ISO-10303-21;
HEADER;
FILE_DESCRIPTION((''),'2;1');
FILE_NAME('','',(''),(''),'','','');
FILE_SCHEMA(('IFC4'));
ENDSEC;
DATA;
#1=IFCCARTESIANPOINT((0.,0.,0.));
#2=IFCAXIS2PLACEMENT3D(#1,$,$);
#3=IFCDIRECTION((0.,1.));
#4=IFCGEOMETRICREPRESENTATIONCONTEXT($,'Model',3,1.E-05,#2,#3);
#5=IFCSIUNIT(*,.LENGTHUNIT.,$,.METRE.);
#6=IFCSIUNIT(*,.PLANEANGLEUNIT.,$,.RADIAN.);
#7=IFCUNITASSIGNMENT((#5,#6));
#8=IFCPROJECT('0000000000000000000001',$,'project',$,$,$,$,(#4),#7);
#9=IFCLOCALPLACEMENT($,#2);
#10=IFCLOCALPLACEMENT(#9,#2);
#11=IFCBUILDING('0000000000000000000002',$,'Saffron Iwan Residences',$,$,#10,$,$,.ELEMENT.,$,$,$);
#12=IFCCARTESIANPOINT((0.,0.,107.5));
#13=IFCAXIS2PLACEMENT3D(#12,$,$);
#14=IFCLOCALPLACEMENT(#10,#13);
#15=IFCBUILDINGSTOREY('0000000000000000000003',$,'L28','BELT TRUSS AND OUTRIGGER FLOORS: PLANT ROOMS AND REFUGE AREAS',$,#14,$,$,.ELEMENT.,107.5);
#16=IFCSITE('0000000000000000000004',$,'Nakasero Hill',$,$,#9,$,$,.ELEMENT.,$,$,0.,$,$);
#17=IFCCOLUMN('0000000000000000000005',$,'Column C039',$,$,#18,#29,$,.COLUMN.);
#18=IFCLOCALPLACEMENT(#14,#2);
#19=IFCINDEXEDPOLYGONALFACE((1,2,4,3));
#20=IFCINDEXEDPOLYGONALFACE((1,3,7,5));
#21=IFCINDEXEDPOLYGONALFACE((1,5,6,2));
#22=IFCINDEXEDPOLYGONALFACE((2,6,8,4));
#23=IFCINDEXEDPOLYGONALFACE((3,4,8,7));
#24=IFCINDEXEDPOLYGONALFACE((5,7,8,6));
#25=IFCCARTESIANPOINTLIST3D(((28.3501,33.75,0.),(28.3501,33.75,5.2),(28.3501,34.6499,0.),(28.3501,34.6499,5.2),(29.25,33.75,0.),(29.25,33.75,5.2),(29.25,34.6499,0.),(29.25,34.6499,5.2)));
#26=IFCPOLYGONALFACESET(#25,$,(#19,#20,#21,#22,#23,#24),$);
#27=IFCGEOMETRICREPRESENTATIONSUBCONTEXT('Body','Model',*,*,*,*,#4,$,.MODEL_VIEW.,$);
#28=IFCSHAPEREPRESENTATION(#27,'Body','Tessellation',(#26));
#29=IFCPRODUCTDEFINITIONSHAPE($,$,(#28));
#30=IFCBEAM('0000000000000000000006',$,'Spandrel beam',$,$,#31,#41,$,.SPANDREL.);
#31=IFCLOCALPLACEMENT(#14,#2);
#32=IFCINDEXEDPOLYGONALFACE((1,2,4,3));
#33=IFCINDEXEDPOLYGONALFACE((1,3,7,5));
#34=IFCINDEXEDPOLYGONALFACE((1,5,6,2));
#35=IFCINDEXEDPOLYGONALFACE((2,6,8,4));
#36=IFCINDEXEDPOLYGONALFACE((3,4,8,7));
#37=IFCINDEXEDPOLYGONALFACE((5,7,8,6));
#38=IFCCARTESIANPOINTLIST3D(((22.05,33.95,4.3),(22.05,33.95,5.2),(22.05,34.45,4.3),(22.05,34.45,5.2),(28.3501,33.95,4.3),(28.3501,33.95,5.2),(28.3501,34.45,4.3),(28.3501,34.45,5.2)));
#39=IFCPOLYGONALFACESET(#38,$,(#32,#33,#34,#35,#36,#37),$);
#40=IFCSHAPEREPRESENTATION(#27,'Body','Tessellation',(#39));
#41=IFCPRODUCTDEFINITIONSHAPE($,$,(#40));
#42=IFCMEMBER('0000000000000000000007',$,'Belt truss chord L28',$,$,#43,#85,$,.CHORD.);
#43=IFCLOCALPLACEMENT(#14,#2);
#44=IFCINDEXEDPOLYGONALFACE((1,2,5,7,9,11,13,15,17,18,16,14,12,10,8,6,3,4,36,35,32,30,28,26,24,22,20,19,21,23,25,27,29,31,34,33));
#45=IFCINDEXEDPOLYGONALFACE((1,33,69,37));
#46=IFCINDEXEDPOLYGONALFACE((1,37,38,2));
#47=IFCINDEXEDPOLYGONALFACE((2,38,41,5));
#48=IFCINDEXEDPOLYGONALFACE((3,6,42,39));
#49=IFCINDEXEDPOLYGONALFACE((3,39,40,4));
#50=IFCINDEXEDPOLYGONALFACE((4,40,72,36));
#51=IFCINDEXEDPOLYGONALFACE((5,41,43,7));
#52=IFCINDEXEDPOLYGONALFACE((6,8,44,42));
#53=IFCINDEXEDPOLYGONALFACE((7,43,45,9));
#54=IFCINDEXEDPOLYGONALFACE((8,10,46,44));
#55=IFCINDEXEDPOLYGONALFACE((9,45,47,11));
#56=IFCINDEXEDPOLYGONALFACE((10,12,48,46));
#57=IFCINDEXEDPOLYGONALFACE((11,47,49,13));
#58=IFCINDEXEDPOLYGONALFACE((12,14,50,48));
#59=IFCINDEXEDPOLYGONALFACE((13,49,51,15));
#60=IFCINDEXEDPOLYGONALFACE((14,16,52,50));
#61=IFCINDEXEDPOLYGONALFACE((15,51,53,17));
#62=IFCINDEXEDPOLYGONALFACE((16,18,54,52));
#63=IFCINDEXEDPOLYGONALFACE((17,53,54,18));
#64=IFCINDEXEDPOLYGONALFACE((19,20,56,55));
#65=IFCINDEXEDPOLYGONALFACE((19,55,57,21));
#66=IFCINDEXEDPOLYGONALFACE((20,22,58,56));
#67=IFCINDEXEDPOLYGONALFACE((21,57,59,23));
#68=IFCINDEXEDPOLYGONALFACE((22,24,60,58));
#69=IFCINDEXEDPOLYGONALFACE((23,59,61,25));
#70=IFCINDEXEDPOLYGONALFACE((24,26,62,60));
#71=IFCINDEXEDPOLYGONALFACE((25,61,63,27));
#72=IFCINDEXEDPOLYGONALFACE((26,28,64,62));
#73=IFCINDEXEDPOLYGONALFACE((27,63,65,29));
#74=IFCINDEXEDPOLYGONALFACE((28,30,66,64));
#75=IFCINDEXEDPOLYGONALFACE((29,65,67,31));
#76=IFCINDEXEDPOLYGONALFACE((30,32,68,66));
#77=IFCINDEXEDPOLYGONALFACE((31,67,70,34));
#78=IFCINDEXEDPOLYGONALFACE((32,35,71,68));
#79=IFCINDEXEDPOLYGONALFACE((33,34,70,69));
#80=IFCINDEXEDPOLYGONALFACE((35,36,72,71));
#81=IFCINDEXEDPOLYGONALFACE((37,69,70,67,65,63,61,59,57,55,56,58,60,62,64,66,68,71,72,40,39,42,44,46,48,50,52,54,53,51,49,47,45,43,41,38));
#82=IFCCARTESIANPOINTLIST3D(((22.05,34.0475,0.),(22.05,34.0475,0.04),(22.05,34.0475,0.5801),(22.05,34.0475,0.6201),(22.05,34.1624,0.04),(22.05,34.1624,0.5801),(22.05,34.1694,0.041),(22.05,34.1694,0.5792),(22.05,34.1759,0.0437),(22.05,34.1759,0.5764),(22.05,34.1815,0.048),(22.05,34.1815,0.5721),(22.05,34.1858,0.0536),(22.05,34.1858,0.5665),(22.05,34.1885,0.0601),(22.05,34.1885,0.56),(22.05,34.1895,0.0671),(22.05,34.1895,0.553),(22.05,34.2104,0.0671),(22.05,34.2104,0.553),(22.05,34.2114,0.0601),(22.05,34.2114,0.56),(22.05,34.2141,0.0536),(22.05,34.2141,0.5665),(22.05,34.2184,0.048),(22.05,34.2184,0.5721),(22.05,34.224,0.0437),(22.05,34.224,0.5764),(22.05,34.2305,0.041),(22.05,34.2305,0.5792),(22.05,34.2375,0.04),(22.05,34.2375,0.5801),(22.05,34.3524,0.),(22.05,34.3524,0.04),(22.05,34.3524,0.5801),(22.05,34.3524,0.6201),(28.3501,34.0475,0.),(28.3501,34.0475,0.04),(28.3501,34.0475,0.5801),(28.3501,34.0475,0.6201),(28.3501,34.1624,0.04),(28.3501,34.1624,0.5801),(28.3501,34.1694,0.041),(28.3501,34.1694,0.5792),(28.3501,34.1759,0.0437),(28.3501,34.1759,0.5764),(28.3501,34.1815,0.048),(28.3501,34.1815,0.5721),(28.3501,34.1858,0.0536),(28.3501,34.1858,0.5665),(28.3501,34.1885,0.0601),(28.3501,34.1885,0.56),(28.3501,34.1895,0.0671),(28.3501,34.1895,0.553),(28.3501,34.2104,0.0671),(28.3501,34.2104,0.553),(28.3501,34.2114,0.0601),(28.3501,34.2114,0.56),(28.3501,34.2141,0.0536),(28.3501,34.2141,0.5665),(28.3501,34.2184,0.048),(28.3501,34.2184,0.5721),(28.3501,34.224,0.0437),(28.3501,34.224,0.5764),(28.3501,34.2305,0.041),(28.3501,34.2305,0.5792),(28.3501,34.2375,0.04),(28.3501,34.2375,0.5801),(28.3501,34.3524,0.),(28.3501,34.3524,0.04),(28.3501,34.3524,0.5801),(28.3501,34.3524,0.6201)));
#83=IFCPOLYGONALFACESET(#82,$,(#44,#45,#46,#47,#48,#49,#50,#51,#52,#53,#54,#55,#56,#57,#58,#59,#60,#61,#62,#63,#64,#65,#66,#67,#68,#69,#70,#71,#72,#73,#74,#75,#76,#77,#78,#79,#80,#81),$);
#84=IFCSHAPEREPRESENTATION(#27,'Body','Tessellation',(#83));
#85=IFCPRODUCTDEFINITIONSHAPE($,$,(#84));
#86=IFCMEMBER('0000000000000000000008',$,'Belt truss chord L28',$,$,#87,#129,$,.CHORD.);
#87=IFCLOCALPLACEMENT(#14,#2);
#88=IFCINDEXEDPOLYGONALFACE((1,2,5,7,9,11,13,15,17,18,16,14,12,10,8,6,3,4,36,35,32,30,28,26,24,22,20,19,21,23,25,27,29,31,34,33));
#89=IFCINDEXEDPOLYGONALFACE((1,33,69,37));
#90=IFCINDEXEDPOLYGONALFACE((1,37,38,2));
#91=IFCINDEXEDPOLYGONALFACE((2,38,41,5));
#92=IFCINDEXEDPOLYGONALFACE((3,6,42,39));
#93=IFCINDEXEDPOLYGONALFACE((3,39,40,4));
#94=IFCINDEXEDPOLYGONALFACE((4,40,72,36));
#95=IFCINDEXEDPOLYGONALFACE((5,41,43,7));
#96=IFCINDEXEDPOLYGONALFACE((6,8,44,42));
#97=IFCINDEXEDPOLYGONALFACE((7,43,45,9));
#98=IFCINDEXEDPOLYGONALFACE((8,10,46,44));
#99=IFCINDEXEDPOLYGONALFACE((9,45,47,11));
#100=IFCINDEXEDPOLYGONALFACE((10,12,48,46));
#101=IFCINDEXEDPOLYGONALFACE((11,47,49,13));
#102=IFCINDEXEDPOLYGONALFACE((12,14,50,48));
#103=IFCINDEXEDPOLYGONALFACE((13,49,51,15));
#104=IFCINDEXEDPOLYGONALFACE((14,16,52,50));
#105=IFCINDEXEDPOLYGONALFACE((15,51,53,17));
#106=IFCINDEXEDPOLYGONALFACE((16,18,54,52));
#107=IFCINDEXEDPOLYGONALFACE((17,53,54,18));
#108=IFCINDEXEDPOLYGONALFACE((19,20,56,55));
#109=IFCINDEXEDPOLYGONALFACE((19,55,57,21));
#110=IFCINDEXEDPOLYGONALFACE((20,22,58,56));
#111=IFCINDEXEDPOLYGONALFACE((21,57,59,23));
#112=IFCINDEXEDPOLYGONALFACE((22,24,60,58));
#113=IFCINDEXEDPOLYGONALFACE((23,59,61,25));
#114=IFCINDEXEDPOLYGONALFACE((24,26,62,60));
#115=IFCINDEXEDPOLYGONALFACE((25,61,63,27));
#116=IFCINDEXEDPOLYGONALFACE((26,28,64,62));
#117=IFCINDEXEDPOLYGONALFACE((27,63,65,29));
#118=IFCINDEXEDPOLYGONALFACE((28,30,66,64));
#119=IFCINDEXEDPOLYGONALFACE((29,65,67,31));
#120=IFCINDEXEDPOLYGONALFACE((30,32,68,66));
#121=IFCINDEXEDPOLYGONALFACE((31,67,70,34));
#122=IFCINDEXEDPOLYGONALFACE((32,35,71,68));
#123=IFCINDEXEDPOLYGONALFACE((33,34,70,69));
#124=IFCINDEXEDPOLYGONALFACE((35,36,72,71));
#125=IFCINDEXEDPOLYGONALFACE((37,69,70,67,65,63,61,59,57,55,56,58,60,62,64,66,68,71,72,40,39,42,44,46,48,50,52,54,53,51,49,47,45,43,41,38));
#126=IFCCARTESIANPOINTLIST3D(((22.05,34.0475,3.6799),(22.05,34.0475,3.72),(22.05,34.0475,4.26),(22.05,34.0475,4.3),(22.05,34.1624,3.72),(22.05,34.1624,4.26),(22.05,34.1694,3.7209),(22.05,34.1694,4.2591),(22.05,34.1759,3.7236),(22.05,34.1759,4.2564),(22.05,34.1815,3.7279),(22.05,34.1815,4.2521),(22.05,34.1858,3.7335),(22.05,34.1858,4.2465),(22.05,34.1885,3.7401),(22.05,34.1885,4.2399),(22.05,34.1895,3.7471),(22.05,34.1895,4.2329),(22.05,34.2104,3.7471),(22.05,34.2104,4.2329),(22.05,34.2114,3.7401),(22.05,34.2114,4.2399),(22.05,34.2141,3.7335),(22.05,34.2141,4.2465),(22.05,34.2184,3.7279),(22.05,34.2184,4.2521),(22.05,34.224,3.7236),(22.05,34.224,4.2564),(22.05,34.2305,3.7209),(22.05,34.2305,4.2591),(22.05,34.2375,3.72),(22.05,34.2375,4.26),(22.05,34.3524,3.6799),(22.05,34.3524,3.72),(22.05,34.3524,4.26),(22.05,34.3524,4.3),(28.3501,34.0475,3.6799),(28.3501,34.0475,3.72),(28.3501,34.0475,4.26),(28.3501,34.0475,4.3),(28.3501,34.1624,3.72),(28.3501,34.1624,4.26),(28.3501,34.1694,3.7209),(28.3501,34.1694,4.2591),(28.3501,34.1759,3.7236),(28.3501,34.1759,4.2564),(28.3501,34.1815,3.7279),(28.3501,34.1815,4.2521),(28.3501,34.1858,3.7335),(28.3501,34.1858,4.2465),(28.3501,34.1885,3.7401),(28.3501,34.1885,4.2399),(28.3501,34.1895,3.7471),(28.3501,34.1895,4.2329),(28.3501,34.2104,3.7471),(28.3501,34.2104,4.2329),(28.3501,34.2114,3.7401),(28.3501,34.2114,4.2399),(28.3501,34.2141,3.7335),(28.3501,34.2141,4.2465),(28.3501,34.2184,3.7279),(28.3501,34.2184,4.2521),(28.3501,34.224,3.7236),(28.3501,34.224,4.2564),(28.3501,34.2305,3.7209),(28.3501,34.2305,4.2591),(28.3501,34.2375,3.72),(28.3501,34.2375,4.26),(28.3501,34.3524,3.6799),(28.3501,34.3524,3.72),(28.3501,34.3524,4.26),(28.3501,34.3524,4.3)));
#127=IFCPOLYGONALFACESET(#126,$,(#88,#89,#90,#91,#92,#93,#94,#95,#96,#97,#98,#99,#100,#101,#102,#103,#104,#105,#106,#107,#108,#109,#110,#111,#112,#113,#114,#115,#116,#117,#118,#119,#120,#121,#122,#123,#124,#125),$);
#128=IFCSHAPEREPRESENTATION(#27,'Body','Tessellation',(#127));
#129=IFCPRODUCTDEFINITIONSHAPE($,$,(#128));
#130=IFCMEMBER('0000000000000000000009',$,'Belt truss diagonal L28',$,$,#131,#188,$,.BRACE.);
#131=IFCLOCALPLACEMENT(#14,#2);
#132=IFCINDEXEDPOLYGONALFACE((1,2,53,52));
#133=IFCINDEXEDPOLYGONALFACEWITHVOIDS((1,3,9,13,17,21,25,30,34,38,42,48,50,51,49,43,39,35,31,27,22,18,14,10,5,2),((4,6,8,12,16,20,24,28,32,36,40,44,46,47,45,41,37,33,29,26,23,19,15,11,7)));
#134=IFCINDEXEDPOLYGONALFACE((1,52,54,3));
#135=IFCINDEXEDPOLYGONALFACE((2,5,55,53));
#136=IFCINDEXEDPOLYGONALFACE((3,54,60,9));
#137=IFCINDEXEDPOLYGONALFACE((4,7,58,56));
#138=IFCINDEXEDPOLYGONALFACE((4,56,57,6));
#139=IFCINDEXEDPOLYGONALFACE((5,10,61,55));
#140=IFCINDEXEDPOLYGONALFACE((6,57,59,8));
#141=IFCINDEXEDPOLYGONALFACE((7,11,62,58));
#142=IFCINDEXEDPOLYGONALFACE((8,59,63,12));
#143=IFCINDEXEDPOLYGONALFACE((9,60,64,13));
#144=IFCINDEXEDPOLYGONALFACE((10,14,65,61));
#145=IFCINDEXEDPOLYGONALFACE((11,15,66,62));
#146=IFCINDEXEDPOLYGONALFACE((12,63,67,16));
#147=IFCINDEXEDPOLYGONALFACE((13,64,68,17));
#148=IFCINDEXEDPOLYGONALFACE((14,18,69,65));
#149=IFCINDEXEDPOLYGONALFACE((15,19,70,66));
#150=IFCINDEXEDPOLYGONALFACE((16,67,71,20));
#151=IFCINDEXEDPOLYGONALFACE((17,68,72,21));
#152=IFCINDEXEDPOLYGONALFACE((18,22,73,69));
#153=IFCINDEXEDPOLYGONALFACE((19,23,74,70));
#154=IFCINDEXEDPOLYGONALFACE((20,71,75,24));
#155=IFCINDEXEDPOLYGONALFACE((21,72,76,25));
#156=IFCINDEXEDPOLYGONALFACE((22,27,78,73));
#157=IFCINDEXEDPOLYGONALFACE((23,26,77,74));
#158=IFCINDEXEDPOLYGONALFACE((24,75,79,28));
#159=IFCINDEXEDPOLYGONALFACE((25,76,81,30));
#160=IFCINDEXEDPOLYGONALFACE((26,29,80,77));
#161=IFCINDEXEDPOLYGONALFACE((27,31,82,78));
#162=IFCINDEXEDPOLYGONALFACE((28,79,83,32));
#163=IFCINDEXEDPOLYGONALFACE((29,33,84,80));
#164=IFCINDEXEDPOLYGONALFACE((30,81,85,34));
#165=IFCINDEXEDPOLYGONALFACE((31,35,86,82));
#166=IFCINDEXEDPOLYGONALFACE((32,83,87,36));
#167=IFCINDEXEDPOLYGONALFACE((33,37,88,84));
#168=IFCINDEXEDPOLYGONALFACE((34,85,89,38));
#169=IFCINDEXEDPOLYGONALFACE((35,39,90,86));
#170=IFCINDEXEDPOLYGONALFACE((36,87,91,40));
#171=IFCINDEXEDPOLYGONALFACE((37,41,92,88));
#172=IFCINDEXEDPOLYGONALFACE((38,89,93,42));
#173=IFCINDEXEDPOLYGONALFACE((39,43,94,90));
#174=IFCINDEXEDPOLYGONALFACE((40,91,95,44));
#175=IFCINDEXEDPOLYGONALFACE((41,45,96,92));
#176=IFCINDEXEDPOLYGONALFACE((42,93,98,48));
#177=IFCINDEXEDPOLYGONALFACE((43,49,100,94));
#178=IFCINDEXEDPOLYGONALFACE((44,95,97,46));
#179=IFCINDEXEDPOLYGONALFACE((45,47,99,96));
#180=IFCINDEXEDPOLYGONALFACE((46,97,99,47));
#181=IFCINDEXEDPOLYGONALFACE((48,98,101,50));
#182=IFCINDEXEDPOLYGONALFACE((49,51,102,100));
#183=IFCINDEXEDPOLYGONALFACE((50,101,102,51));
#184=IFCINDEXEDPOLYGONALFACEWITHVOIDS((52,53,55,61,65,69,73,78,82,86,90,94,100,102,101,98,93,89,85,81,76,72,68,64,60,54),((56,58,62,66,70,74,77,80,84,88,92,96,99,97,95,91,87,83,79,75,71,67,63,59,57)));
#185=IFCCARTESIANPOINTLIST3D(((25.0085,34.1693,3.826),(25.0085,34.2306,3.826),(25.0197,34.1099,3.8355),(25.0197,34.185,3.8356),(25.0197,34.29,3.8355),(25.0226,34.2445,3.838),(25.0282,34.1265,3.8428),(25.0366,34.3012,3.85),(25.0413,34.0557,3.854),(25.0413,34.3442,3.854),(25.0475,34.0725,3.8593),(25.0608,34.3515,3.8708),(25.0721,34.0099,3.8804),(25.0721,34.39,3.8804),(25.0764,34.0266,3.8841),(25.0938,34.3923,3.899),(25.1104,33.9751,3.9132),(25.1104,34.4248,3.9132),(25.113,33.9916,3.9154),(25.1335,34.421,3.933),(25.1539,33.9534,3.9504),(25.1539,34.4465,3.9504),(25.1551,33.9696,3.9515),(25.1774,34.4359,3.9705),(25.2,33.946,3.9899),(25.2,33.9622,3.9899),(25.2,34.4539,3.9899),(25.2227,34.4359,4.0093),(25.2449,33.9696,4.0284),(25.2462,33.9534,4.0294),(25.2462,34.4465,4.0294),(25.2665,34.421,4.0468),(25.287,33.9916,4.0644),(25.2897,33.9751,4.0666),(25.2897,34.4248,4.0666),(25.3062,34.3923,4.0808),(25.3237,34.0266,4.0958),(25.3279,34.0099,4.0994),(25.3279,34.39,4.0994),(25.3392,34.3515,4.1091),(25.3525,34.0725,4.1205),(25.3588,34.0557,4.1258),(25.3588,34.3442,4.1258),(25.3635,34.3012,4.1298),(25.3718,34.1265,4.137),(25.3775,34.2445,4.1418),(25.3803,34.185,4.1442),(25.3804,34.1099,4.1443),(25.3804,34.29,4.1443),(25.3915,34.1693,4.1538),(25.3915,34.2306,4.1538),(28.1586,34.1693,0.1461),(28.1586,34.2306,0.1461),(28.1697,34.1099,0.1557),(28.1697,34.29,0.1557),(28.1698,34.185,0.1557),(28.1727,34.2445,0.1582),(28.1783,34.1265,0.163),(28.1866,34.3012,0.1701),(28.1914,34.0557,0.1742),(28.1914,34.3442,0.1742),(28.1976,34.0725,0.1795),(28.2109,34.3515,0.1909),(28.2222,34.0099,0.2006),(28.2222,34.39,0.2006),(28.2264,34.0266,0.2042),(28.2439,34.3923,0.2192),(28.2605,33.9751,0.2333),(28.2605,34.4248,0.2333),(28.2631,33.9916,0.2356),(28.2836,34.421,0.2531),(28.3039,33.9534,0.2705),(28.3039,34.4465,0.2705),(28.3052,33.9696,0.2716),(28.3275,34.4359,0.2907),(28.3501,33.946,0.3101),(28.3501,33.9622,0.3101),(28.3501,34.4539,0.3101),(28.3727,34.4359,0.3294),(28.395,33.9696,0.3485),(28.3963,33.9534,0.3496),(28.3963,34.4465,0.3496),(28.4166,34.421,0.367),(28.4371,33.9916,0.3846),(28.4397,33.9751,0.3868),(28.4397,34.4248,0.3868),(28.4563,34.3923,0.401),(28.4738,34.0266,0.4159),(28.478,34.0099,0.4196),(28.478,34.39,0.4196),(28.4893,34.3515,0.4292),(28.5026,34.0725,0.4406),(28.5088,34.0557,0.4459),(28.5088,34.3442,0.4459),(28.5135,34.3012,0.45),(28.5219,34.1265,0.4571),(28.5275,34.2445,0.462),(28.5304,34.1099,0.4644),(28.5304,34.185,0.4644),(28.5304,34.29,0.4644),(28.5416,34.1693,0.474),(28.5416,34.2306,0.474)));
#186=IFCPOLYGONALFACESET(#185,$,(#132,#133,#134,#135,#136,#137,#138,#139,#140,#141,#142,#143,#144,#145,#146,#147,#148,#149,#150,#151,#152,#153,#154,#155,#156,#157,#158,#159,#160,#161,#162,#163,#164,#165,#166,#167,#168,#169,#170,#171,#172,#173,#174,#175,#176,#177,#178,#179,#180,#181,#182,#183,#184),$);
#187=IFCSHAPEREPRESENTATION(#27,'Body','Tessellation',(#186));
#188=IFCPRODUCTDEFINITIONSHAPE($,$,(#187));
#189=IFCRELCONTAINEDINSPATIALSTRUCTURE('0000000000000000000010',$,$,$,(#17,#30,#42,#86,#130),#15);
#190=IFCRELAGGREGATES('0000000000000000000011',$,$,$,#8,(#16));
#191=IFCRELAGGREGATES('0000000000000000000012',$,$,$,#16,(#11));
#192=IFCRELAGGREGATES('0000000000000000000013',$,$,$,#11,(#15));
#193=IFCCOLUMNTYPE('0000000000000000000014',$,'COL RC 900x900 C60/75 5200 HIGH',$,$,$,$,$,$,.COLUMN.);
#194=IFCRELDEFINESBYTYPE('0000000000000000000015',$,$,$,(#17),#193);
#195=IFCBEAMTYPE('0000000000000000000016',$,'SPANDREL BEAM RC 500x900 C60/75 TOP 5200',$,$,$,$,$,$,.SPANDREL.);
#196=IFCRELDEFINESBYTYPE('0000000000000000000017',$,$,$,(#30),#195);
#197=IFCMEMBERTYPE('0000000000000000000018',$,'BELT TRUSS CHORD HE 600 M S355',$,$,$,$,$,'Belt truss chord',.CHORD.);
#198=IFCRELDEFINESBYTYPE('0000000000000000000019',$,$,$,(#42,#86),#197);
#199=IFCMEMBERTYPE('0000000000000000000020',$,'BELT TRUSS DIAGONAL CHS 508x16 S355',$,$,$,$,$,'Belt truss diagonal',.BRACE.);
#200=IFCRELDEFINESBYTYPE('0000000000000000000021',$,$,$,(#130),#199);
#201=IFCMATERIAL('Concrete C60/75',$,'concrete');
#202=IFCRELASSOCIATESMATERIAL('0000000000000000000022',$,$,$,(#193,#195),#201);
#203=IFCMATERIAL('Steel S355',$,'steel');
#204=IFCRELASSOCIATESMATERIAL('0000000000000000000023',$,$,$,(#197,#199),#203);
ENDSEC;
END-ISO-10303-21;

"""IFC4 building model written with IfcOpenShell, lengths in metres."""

from ifc_helpers import new_model, si_unit, direction, frame, origin, origin_2d, place, context, subcontext, project, spatial, rectangle, hollow_circle, i_section, extrude, source, transform, mapped, material, material_profile, profile_set, type_object, element, save


model = new_model("IFC4")

# Units and contexts
model_context = context("Model", 3, precision=1e-05, world=origin(), true_north=direction((0.0, 1.0)))
body_context = subcontext(model_context, "Body", "Model", "MODEL_VIEW")
ifc_project = project(units=[si_unit("LENGTHUNIT", "METRE"), si_unit("PLANEANGLEUNIT", "RADIAN")], contexts=[model_context])

# Site, building, storey
site_placement = place(None, origin())
site = spatial("IfcSite", under=ifc_project, at=site_placement, Name="Nakasero Hill", CompositionType="ELEMENT", RefElevation=0.0)
building_placement = place(site_placement, origin())
building = spatial("IfcBuilding", under=site, at=building_placement, Name="Saffron Iwan Residences", CompositionType="ELEMENT")
storey_placement = place(building_placement, frame((0.0, 0.0, 107.5)))
storey = spatial("IfcBuildingStorey", under=building, at=storey_placement, Name="L28", Description="BELT TRUSS AND OUTRIGGER FLOORS: PLANT ROOMS AND REFUGE AREAS", CompositionType="ELEMENT", Elevation=107.5)

# Column
ifc_material_1 = material(Name="Concrete C60/75", Category="concrete")
ifc_material_profile_1 = material_profile(ifc_material_1, rectangle(XDim=0.8999, YDim=0.8999, at=origin_2d()), Name="RC 900x900")
ifc_profile_set_1 = profile_set([ifc_material_profile_1], Name="Concrete C60/75")
column_type = type_object("IfcColumnType", Name="COL RC 900x900 C60/75 5200 HIGH", PredefinedType="COLUMN", material=ifc_profile_set_1)
shared_shape_1 = source(origin(), body_context, "Body", "SweptSolid", [
    extrude(rectangle(XDim=0.8999, YDim=0.8999, at=origin_2d()), origin(), (0.0, 0.0, 1.0), 5.2),
])
column_placement = place(storey_placement, frame((28.8, 34.2, 0.0), z_axis=(0.0, 0.0, 1.0), x_axis=(1.0, 0.0, 0.0)))
element("IfcColumn", 1, at=column_placement, inside=storey, type_object=column_type, Name="Column C039", PredefinedType="COLUMN", context=body_context, shape_type="MappedRepresentation", body=[
    mapped(shared_shape_1, transform((0.0, 0.0, 0.0))),
])

# Beam
ifc_material_profile_2 = material_profile(ifc_material_1, rectangle(XDim=0.5, YDim=0.8999, at=origin_2d()), Name="RC 500x900")
ifc_profile_set_2 = profile_set([ifc_material_profile_2], Name="Concrete C60/75")
beam_type = type_object("IfcBeamType", Name="SPANDREL BEAM RC 500x900 C60/75 TOP 5200", PredefinedType="SPANDREL", material=ifc_profile_set_2)
shared_shape_2 = source(origin(), body_context, "Body", "SweptSolid", [
    extrude(rectangle(XDim=0.5, YDim=0.8999, at=origin_2d()), origin(), (0.0, 0.0, 1.0), 6.3),
])
beam_placement = place(storey_placement, frame((28.3501, 34.2, 4.75), z_axis=(-1.0, 0.0, 0.0), x_axis=(0.0, -1.0, 0.0)))
element("IfcBeam", 2, at=beam_placement, inside=storey, type_object=beam_type, Name="Spandrel beam", PredefinedType="SPANDREL", context=body_context, shape_type="MappedRepresentation", body=[
    mapped(shared_shape_2, transform((0.0, 0.0, 0.0))),
])

# Members
ifc_material_2 = material(Name="Steel S355", Category="steel")
ifc_material_profile_3 = material_profile(ifc_material_2, i_section(OverallWidth=0.3049, OverallDepth=0.6201, WebThickness=0.021, FlangeThickness=0.04, FilletRadius=0.0271, at=origin_2d()), Name="HE 600 M")
ifc_profile_set_3 = profile_set([ifc_material_profile_3], Name="Steel S355")
member_type_1 = type_object("IfcMemberType", Name="BELT TRUSS CHORD HE 600 M S355", ElementType="Belt truss chord", PredefinedType="CHORD", material=ifc_profile_set_3)
shared_shape_3 = source(origin(), body_context, "Body", "SweptSolid", [
    extrude(i_section(OverallWidth=0.3049, OverallDepth=0.6201, WebThickness=0.021, FlangeThickness=0.04, FilletRadius=0.0271, at=origin_2d()), origin(), (0.0, 0.0, 1.0), 6.3),
])
for number, where, z_axis, x_axis, name in (
    (3, (28.3501, 34.2, 0.3101), (-1.0, 0.0, 0.0), (0.0, -1.0, 0.0), "Belt truss chord L28"),
    (4, (28.3501, 34.2, 3.99), (-1.0, 0.0, 0.0), (0.0, -1.0, 0.0), "Belt truss chord L28"),
):
    element("IfcMember", number, at=place(storey_placement, frame(where, z_axis=z_axis, x_axis=x_axis)), inside=storey, type_object=member_type_1, Name=name, PredefinedType="CHORD", context=body_context, shape_type="MappedRepresentation", body=[
        mapped(shared_shape_3, transform((0.0, 0.0, 0.0))),
    ])
ifc_material_profile_4 = material_profile(ifc_material_2, hollow_circle(Radius=0.2539, WallThickness=0.0161, at=origin_2d()), Name="CHS 508x16")
ifc_profile_set_4 = profile_set([ifc_material_profile_4], Name="Steel S355")
member_type_2 = type_object("IfcMemberType", Name="BELT TRUSS DIAGONAL CHS 508x16 S355", ElementType="Belt truss diagonal", PredefinedType="BRACE", material=ifc_profile_set_4)
shared_shape_4 = source(origin(), body_context, "Body", "SweptSolid", [
    extrude(hollow_circle(Radius=0.2539, WallThickness=0.0161, at=origin_2d()), origin(), (0.0, 0.0, 1.0), 4.844),
])
for number, where, z_axis, x_axis, name in (
    (5, (28.3501, 34.2, 0.3101), (-0.650306, 0.0, 0.759673), (0.0, -1.0, 0.0), "Belt truss diagonal L28"),
):
    element("IfcMember", number, at=place(storey_placement, frame(where, z_axis=z_axis, x_axis=x_axis)), inside=storey, type_object=member_type_2, Name=name, PredefinedType="BRACE", context=body_context, shape_type="MappedRepresentation", body=[
        mapped(shared_shape_4, transform((0.0, 0.0, 0.0))),
    ])

save(model, "model.ifc")
